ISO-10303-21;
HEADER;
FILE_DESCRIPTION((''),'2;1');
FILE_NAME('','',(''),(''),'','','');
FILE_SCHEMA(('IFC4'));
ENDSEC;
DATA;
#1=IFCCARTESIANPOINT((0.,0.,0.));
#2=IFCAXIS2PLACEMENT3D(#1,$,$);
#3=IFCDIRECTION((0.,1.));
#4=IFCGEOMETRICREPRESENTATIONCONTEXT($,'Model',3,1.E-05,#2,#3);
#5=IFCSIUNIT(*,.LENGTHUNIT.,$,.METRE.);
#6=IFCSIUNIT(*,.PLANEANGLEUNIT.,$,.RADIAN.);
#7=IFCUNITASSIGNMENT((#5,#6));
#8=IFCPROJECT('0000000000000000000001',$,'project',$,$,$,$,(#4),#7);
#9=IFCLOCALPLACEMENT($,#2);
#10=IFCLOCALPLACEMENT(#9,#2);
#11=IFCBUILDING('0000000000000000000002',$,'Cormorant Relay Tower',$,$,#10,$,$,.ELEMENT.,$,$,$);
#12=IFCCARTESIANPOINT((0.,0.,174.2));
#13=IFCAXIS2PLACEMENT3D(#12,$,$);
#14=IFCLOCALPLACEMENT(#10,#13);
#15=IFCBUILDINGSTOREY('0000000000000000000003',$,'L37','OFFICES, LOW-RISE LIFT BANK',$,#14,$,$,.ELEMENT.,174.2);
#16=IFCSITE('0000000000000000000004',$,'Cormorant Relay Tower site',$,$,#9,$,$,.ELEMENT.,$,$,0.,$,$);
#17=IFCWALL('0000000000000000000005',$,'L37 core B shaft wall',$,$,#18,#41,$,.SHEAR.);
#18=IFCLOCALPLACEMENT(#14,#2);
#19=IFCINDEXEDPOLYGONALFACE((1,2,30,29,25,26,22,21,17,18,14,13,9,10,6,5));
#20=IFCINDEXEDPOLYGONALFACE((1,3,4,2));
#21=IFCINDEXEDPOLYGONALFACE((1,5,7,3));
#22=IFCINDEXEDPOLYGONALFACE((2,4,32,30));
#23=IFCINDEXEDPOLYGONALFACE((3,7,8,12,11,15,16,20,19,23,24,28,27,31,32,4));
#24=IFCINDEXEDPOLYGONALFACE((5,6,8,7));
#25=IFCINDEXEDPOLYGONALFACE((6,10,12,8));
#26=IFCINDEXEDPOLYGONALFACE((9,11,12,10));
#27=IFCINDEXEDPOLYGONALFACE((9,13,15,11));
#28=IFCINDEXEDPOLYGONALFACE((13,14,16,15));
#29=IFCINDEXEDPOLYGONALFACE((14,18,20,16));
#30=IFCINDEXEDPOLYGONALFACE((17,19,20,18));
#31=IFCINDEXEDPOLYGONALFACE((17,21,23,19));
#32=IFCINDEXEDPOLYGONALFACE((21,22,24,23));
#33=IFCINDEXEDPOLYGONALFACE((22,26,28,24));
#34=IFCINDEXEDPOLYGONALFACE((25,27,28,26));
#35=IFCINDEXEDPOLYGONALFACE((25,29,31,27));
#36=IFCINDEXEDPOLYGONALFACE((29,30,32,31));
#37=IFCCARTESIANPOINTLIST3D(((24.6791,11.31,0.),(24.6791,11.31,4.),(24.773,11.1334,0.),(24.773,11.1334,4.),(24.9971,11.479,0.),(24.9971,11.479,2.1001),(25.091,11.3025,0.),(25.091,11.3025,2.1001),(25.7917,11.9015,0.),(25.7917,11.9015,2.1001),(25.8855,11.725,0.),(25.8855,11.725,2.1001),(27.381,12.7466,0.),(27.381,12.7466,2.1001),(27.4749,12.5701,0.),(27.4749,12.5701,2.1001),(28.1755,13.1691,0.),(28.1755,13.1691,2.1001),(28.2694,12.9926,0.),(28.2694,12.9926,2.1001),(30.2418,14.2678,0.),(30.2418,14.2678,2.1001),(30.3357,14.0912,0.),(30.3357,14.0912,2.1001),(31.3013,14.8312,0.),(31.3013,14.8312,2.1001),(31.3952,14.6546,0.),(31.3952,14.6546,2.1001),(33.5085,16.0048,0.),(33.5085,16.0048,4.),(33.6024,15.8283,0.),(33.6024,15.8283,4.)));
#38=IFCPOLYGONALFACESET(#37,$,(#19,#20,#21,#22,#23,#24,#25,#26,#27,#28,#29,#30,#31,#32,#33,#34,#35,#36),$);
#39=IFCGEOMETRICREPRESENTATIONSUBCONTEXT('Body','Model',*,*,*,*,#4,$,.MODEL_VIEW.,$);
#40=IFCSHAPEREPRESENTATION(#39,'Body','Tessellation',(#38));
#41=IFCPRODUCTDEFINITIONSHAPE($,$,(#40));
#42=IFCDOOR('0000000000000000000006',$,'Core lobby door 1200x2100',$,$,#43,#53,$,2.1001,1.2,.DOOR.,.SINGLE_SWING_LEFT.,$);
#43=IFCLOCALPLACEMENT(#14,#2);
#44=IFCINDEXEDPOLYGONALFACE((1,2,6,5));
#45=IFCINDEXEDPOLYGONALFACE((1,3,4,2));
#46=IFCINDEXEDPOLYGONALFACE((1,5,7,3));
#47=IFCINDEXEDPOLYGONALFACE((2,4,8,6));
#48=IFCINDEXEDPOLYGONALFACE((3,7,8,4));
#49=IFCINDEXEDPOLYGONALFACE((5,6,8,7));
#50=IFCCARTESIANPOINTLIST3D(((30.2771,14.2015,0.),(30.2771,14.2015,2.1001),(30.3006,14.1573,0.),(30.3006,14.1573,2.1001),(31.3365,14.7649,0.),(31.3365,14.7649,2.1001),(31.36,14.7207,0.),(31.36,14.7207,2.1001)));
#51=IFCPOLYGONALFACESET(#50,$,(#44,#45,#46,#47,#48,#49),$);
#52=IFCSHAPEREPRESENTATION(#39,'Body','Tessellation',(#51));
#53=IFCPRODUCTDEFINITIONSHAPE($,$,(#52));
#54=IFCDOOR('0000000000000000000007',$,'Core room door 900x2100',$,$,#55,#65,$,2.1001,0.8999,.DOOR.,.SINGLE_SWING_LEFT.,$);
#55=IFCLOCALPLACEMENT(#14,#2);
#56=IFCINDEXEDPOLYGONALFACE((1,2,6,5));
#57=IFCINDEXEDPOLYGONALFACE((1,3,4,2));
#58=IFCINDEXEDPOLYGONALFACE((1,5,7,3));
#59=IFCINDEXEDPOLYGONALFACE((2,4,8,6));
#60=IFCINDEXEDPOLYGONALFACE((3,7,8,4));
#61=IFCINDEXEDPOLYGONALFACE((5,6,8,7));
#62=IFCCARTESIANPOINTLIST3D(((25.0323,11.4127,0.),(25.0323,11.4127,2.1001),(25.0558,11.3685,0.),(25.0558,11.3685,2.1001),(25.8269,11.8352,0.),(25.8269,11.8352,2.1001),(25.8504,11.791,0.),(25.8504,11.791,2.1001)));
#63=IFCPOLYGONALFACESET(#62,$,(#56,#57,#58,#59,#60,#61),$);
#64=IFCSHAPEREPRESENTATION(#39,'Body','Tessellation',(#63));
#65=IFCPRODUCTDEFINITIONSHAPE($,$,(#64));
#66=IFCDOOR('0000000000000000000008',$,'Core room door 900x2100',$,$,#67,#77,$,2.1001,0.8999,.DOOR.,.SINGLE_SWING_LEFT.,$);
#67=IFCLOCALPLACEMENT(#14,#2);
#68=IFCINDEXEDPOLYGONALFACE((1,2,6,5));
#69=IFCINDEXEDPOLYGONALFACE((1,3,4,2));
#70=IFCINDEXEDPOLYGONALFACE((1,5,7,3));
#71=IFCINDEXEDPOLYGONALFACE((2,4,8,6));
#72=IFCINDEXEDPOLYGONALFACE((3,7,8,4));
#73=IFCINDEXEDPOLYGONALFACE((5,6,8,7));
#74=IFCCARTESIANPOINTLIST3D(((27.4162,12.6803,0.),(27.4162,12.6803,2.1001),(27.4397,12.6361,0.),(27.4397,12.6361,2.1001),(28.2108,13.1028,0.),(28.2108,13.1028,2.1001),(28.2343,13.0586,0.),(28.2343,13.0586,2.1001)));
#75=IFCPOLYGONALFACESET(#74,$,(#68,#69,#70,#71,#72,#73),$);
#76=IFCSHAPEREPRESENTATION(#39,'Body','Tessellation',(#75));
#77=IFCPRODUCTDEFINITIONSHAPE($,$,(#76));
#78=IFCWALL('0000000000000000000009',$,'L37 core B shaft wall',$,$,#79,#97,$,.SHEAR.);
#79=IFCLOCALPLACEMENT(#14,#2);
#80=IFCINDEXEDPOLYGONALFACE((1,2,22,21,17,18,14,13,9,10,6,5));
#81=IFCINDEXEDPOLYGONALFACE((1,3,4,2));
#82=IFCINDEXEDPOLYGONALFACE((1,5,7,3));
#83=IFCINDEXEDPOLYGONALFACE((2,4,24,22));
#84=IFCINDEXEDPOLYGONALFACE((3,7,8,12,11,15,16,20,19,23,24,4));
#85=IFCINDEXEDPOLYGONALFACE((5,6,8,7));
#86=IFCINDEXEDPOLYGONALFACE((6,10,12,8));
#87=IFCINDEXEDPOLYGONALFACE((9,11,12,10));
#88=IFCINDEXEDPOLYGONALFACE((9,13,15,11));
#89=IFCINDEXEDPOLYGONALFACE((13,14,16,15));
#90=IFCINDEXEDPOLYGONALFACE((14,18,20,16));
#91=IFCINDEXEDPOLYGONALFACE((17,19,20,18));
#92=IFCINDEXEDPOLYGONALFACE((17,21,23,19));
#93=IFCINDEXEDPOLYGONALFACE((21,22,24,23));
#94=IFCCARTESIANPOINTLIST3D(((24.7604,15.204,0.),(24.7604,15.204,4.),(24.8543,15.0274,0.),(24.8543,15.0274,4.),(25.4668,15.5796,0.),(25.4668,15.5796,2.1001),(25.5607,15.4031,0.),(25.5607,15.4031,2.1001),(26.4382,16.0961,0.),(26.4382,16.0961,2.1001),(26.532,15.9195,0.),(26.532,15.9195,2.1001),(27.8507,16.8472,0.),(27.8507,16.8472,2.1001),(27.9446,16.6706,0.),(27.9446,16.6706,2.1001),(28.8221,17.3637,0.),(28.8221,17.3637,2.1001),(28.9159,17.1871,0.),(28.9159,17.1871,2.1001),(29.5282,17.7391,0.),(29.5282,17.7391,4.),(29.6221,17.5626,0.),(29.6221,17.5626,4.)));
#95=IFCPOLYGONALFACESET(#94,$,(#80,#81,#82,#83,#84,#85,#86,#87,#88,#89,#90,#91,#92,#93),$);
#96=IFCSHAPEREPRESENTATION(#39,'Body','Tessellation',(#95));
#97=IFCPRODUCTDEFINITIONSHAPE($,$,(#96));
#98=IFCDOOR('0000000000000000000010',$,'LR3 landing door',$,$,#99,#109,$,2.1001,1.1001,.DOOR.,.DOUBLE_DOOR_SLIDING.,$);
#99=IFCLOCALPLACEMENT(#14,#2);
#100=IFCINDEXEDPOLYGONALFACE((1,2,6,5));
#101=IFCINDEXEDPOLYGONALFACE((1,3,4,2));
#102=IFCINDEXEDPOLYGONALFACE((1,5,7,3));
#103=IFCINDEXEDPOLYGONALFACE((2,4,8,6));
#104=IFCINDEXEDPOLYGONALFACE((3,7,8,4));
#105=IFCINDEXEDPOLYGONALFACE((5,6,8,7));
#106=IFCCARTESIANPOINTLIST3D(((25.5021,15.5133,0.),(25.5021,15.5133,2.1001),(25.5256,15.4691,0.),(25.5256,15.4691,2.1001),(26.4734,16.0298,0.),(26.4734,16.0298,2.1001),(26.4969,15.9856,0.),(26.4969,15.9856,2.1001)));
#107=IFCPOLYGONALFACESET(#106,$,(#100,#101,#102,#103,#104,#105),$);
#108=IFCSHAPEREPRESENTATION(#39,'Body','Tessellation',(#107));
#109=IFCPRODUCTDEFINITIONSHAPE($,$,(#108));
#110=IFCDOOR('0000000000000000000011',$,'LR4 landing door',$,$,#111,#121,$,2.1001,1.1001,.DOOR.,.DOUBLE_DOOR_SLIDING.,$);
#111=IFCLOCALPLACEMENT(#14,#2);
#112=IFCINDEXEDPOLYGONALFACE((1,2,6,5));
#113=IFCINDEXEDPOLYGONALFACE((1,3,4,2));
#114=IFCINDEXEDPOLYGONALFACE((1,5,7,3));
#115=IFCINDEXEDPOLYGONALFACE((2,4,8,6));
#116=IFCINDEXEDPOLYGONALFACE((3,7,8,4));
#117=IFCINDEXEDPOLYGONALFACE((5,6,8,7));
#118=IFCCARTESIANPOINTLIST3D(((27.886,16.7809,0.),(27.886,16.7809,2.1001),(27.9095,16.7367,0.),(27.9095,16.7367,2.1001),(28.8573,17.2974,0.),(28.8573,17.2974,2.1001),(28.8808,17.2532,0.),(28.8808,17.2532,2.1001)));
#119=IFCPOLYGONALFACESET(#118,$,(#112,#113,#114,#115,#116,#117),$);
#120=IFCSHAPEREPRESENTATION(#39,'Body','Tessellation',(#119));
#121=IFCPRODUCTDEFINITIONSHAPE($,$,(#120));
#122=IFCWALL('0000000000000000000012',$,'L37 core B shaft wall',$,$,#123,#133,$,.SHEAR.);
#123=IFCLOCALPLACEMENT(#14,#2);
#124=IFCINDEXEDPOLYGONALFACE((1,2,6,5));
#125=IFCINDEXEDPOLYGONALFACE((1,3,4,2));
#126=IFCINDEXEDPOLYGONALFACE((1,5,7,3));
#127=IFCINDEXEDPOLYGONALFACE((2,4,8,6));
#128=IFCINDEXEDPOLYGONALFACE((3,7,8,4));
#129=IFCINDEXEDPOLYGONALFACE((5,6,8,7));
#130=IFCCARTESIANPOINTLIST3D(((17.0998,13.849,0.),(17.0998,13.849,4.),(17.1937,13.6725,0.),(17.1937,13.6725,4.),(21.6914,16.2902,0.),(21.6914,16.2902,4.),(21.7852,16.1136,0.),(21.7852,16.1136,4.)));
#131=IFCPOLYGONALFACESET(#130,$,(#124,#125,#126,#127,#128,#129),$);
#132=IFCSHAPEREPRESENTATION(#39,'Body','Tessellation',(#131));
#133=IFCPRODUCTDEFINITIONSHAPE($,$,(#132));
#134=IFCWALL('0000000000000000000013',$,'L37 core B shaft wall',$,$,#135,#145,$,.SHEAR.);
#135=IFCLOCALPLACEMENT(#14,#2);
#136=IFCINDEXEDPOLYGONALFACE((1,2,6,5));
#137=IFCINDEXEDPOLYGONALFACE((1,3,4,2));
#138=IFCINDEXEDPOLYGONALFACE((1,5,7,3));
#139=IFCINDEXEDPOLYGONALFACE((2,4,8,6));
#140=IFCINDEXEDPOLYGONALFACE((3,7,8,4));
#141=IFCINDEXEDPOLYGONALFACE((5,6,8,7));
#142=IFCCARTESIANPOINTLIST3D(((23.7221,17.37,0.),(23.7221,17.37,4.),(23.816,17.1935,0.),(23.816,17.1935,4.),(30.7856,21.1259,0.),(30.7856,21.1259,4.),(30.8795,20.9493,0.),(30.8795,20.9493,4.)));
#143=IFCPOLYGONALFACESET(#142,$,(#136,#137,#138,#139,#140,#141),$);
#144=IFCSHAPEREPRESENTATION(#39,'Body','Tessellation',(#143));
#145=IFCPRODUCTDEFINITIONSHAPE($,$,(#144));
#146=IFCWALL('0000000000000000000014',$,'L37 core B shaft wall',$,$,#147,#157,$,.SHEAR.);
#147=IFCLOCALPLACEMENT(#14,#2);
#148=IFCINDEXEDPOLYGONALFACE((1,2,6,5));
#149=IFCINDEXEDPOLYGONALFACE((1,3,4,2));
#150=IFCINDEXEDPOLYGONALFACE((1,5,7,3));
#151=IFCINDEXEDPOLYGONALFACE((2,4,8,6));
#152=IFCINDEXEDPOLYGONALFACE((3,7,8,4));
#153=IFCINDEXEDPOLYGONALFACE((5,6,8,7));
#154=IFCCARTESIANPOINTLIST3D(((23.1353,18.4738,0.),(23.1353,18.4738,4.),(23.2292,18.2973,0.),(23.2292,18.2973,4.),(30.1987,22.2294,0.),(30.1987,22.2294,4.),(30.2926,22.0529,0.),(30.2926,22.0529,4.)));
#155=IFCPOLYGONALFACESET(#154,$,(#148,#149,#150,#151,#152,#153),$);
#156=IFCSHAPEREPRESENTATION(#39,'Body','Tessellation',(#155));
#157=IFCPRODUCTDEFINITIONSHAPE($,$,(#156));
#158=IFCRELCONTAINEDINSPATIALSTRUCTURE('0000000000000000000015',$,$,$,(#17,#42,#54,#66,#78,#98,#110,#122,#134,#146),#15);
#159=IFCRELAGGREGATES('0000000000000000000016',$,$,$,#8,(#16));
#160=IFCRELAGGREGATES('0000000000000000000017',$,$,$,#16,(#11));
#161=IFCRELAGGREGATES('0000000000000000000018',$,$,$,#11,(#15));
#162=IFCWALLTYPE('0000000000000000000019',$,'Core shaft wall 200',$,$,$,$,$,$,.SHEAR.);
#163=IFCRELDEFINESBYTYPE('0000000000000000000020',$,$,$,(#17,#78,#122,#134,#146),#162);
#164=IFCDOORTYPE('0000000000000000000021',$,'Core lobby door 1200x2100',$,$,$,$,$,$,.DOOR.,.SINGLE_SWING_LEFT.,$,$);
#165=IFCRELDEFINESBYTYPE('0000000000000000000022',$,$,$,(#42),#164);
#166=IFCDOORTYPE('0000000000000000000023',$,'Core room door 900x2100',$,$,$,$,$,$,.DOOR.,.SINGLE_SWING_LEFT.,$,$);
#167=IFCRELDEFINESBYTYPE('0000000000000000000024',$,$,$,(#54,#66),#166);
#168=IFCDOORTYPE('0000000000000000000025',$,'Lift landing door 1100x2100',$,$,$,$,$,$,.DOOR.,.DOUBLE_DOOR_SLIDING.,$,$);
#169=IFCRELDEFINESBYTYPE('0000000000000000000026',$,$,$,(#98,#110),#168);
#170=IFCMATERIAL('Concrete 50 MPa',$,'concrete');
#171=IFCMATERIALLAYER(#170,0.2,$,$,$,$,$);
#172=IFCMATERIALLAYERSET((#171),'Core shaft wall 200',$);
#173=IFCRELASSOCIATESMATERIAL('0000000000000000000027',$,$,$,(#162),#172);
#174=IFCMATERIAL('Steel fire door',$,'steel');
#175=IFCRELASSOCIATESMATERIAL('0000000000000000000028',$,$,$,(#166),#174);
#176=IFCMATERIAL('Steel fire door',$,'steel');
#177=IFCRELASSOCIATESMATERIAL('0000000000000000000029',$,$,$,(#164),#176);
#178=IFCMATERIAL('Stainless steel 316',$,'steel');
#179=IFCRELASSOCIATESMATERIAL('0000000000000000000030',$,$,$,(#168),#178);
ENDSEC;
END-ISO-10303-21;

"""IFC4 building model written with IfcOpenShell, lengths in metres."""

from ifc_helpers import new_model, si_unit, direction, frame, frame_2d, origin, place, context, subcontext, project, spatial, rectangle, extrude, material, layer, layer_set, type_object, element, fill, save


model = new_model("IFC4")

# Units and contexts
model_context = context("Model", 3, precision=1e-05, world=origin(), true_north=direction((0.0, 1.0)))
body_context = subcontext(model_context, "Body", "Model", "MODEL_VIEW")
ifc_project = project(units=[si_unit("LENGTHUNIT", "METRE"), si_unit("PLANEANGLEUNIT", "RADIAN")], contexts=[model_context])

# Site, building, storey
site_placement = place(None, origin())
site = spatial("IfcSite", under=ifc_project, at=site_placement, Name="Cormorant Relay Tower site", CompositionType="ELEMENT", RefElevation=0.0)
building_placement = place(site_placement, origin())
building = spatial("IfcBuilding", under=site, at=building_placement, Name="Cormorant Relay Tower", CompositionType="ELEMENT")
storey_placement = place(building_placement, frame((0.0, 0.0, 174.2)))
storey = spatial("IfcBuildingStorey", under=building, at=storey_placement, Name="L37", Description="OFFICES, LOW-RISE LIFT BANK", CompositionType="ELEMENT", Elevation=174.2)

# Shared definitions
ifc_material_1 = material(Name="Concrete 50 MPa", Category="concrete")
ifc_layer_1 = layer(ifc_material_1, 0.2)
ifc_layer_set_1 = layer_set([ifc_layer_1], Name="Core shaft wall 200")
wall_type_1 = type_object("IfcWallType", Name="Core shaft wall 200", PredefinedType="SHEAR", material=ifc_layer_set_1)

# Shared definitions
ifc_material_2 = material(Name="Steel fire door", Category="steel")
door_type_1 = type_object("IfcDoorType", Name="Core room door 900x2100", OperationType="SINGLE_SWING_LEFT", PredefinedType="DOOR", material=ifc_material_2)

# Walls, openings, doors
wall_1_placement = place(storey_placement, frame((24.7261, 11.2217, 0.0), z_axis=(0.0, 0.0, 1.0), x_axis=(0.88294, 0.469485, 0.0)))
wall_1 = element("IfcWall", 1, at=wall_1_placement, inside=storey, type_object=wall_type_1, Name="L37 core B shaft wall", PredefinedType="SHEAR", context=body_context, shape_type="SweptSolid", body=[
    extrude(rectangle(XDim=10.0, YDim=0.2, at=frame_2d((5.0, 0.0))), origin(), (0.0, 0.0, 1.0), 4.0),
])
opening_1_placement = place(wall_1_placement, frame((6.3, 0.0, 0.0)))
opening_1 = element("IfcOpeningElement", 2, at=opening_1_placement, cuts=wall_1, PredefinedType="OPENING", context=body_context, shape_type="SweptSolid", body=[
    extrude(rectangle(XDim=1.2, YDim=2.1001, at=frame_2d((0.6001, 1.05))), frame((0.0, 0.1099, 0.0), z_axis=(0.0, -1.0, 0.0), x_axis=(1.0, 0.0, 0.0)), (0.0, 0.0, 1.0), 0.22),
])
opening_2_placement = place(wall_1_placement, frame((0.3601, 0.0, 0.0)))
opening_2 = element("IfcOpeningElement", 3, at=opening_2_placement, cuts=wall_1, PredefinedType="OPENING", context=body_context, shape_type="SweptSolid", body=[
    extrude(rectangle(XDim=0.8999, YDim=2.1001, at=frame_2d((0.45, 1.05))), frame((0.0, 0.1099, 0.0), z_axis=(0.0, -1.0, 0.0), x_axis=(1.0, 0.0, 0.0)), (0.0, 0.0, 1.0), 0.22),
])
opening_3_placement = place(wall_1_placement, frame((3.0601, 0.0, 0.0)))
opening_3 = element("IfcOpeningElement", 4, at=opening_3_placement, cuts=wall_1, PredefinedType="OPENING", context=body_context, shape_type="SweptSolid", body=[
    extrude(rectangle(XDim=0.8999, YDim=2.1001, at=frame_2d((0.45, 1.05))), frame((0.0, 0.1099, 0.0), z_axis=(0.0, -1.0, 0.0), x_axis=(1.0, 0.0, 0.0)), (0.0, 0.0, 1.0), 0.22),
])
ifc_material_3 = material(Name="Steel fire door", Category="steel")
door_type_2 = type_object("IfcDoorType", Name="Core lobby door 1200x2100", OperationType="SINGLE_SWING_LEFT", PredefinedType="DOOR", material=ifc_material_3)
door_1_placement = place(opening_1_placement, origin())
door_1 = element("IfcDoor", 5, at=door_1_placement, inside=storey, type_object=door_type_2, Name="Core lobby door 1200x2100", OperationType="SINGLE_SWING_LEFT", OverallHeight=2.1001, OverallWidth=1.2, PredefinedType="DOOR", context=body_context, shape_type="SweptSolid", body=[
    extrude(rectangle(XDim=1.2, YDim=2.1001, at=frame_2d((0.6001, 1.05))), frame((0.0, 0.0249, 0.0), z_axis=(0.0, -1.0, 0.0), x_axis=(1.0, 0.0, 0.0)), (0.0, 0.0, 1.0), 0.05),
])
fill(opening_1, door_1)
door_2_placement = place(opening_2_placement, origin())
door_2 = element("IfcDoor", 6, at=door_2_placement, inside=storey, type_object=door_type_1, Name="Core room door 900x2100", OperationType="SINGLE_SWING_LEFT", OverallHeight=2.1001, OverallWidth=0.8999, PredefinedType="DOOR", context=body_context, shape_type="SweptSolid", body=[
    extrude(rectangle(XDim=0.8999, YDim=2.1001, at=frame_2d((0.45, 1.05))), frame((0.0, 0.0249, 0.0), z_axis=(0.0, -1.0, 0.0), x_axis=(1.0, 0.0, 0.0)), (0.0, 0.0, 1.0), 0.05),
])
fill(opening_2, door_2)
door_3_placement = place(opening_3_placement, origin())
door_3 = element("IfcDoor", 7, at=door_3_placement, inside=storey, type_object=door_type_1, Name="Core room door 900x2100", OperationType="SINGLE_SWING_LEFT", OverallHeight=2.1001, OverallWidth=0.8999, PredefinedType="DOOR", context=body_context, shape_type="SweptSolid", body=[
    extrude(rectangle(XDim=0.8999, YDim=2.1001, at=frame_2d((0.45, 1.05))), frame((0.0, 0.0249, 0.0), z_axis=(0.0, -1.0, 0.0), x_axis=(1.0, 0.0, 0.0)), (0.0, 0.0, 1.0), 0.05),
])
fill(opening_3, door_3)
wall_2_placement = place(storey_placement, frame((24.8074, 15.1157, 0.0), z_axis=(0.0, 0.0, 1.0), x_axis=(0.882943, 0.46948, 0.0)))
wall_2 = element("IfcWall", 8, at=wall_2_placement, inside=storey, type_object=wall_type_1, Name="L37 core B shaft wall", PredefinedType="SHEAR", context=body_context, shape_type="SweptSolid", body=[
    extrude(rectangle(XDim=5.3999, YDim=0.2, at=frame_2d((2.7, 0.0))), origin(), (0.0, 0.0, 1.0), 4.0),
])
opening_4_placement = place(wall_2_placement, frame((0.8, 0.0, 0.0)))
opening_4 = element("IfcOpeningElement", 9, at=opening_4_placement, cuts=wall_2, PredefinedType="OPENING", context=body_context, shape_type="SweptSolid", body=[
    extrude(rectangle(XDim=1.1001, YDim=2.1001, at=frame_2d((0.55, 1.05))), frame((0.0, 0.1099, 0.0), z_axis=(0.0, -1.0, 0.0), x_axis=(1.0, 0.0, 0.0)), (0.0, 0.0, 1.0), 0.22),
])
opening_5_placement = place(wall_2_placement, frame((3.5, 0.0, 0.0)))
opening_5 = element("IfcOpeningElement", 10, at=opening_5_placement, cuts=wall_2, PredefinedType="OPENING", context=body_context, shape_type="SweptSolid", body=[
    extrude(rectangle(XDim=1.1001, YDim=2.1001, at=frame_2d((0.55, 1.05))), frame((0.0, 0.1099, 0.0), z_axis=(0.0, -1.0, 0.0), x_axis=(1.0, 0.0, 0.0)), (0.0, 0.0, 1.0), 0.22),
])
ifc_material_4 = material(Name="Stainless steel 316", Category="steel")
door_type_3 = type_object("IfcDoorType", Name="Lift landing door 1100x2100", OperationType="DOUBLE_DOOR_SLIDING", PredefinedType="DOOR", material=ifc_material_4)
door_4_placement = place(opening_4_placement, origin())
door_4 = element("IfcDoor", 11, at=door_4_placement, inside=storey, type_object=door_type_3, Name="LR3 landing door", OperationType="DOUBLE_DOOR_SLIDING", OverallHeight=2.1001, OverallWidth=1.1001, PredefinedType="DOOR", context=body_context, shape_type="SweptSolid", body=[
    extrude(rectangle(XDim=1.1001, YDim=2.1001, at=frame_2d((0.55, 1.05))), frame((0.0, 0.0249, 0.0), z_axis=(0.0, -1.0, 0.0), x_axis=(1.0, 0.0, 0.0)), (0.0, 0.0, 1.0), 0.05),
])
fill(opening_4, door_4)
door_5_placement = place(opening_5_placement, origin())
door_5 = element("IfcDoor", 12, at=door_5_placement, inside=storey, type_object=door_type_3, Name="LR4 landing door", OperationType="DOUBLE_DOOR_SLIDING", OverallHeight=2.1001, OverallWidth=1.1001, PredefinedType="DOOR", context=body_context, shape_type="SweptSolid", body=[
    extrude(rectangle(XDim=1.1001, YDim=2.1001, at=frame_2d((0.55, 1.05))), frame((0.0, 0.0249, 0.0), z_axis=(0.0, -1.0, 0.0), x_axis=(1.0, 0.0, 0.0)), (0.0, 0.0, 1.0), 0.05),
])
fill(opening_5, door_5)

# Walls
wall_3_placement = place(storey_placement, frame((17.1467, 13.7607, 0.0), z_axis=(0.0, 0.0, 1.0), x_axis=(0.882964, 0.46944, 0.0)))
element("IfcWall", 13, at=wall_3_placement, inside=storey, type_object=wall_type_1, Name="L37 core B shaft wall", PredefinedType="SHEAR", context=body_context, shape_type="SweptSolid", body=[
    extrude(rectangle(XDim=5.2002, YDim=0.2, at=frame_2d((2.6001, 0.0))), origin(), (0.0, 0.0, 1.0), 4.0),
])
wall_4_placement = place(storey_placement, frame((23.769, 17.2817, 0.0), z_axis=(0.0, 0.0, 1.0), x_axis=(0.88294, 0.469485, 0.0)))
element("IfcWall", 14, at=wall_4_placement, inside=storey, type_object=wall_type_1, Name="L37 core B shaft wall", PredefinedType="SHEAR", context=body_context, shape_type="SweptSolid", body=[
    extrude(rectangle(XDim=8.0, YDim=0.2, at=frame_2d((4.0, 0.0))), origin(), (0.0, 0.0, 1.0), 4.0),
])
wall_5_placement = place(storey_placement, frame((23.1821, 18.3855, 0.0), z_axis=(0.0, 0.0, 1.0), x_axis=(0.882953, 0.469462, 0.0)))
element("IfcWall", 15, at=wall_5_placement, inside=storey, type_object=wall_type_1, Name="L37 core B shaft wall", PredefinedType="SHEAR", context=body_context, shape_type="SweptSolid", body=[
    extrude(rectangle(XDim=7.9998, YDim=0.2, at=frame_2d((4.0, 0.0))), origin(), (0.0, 0.0, 1.0), 4.0),
])

save(model, "model.ifc")
